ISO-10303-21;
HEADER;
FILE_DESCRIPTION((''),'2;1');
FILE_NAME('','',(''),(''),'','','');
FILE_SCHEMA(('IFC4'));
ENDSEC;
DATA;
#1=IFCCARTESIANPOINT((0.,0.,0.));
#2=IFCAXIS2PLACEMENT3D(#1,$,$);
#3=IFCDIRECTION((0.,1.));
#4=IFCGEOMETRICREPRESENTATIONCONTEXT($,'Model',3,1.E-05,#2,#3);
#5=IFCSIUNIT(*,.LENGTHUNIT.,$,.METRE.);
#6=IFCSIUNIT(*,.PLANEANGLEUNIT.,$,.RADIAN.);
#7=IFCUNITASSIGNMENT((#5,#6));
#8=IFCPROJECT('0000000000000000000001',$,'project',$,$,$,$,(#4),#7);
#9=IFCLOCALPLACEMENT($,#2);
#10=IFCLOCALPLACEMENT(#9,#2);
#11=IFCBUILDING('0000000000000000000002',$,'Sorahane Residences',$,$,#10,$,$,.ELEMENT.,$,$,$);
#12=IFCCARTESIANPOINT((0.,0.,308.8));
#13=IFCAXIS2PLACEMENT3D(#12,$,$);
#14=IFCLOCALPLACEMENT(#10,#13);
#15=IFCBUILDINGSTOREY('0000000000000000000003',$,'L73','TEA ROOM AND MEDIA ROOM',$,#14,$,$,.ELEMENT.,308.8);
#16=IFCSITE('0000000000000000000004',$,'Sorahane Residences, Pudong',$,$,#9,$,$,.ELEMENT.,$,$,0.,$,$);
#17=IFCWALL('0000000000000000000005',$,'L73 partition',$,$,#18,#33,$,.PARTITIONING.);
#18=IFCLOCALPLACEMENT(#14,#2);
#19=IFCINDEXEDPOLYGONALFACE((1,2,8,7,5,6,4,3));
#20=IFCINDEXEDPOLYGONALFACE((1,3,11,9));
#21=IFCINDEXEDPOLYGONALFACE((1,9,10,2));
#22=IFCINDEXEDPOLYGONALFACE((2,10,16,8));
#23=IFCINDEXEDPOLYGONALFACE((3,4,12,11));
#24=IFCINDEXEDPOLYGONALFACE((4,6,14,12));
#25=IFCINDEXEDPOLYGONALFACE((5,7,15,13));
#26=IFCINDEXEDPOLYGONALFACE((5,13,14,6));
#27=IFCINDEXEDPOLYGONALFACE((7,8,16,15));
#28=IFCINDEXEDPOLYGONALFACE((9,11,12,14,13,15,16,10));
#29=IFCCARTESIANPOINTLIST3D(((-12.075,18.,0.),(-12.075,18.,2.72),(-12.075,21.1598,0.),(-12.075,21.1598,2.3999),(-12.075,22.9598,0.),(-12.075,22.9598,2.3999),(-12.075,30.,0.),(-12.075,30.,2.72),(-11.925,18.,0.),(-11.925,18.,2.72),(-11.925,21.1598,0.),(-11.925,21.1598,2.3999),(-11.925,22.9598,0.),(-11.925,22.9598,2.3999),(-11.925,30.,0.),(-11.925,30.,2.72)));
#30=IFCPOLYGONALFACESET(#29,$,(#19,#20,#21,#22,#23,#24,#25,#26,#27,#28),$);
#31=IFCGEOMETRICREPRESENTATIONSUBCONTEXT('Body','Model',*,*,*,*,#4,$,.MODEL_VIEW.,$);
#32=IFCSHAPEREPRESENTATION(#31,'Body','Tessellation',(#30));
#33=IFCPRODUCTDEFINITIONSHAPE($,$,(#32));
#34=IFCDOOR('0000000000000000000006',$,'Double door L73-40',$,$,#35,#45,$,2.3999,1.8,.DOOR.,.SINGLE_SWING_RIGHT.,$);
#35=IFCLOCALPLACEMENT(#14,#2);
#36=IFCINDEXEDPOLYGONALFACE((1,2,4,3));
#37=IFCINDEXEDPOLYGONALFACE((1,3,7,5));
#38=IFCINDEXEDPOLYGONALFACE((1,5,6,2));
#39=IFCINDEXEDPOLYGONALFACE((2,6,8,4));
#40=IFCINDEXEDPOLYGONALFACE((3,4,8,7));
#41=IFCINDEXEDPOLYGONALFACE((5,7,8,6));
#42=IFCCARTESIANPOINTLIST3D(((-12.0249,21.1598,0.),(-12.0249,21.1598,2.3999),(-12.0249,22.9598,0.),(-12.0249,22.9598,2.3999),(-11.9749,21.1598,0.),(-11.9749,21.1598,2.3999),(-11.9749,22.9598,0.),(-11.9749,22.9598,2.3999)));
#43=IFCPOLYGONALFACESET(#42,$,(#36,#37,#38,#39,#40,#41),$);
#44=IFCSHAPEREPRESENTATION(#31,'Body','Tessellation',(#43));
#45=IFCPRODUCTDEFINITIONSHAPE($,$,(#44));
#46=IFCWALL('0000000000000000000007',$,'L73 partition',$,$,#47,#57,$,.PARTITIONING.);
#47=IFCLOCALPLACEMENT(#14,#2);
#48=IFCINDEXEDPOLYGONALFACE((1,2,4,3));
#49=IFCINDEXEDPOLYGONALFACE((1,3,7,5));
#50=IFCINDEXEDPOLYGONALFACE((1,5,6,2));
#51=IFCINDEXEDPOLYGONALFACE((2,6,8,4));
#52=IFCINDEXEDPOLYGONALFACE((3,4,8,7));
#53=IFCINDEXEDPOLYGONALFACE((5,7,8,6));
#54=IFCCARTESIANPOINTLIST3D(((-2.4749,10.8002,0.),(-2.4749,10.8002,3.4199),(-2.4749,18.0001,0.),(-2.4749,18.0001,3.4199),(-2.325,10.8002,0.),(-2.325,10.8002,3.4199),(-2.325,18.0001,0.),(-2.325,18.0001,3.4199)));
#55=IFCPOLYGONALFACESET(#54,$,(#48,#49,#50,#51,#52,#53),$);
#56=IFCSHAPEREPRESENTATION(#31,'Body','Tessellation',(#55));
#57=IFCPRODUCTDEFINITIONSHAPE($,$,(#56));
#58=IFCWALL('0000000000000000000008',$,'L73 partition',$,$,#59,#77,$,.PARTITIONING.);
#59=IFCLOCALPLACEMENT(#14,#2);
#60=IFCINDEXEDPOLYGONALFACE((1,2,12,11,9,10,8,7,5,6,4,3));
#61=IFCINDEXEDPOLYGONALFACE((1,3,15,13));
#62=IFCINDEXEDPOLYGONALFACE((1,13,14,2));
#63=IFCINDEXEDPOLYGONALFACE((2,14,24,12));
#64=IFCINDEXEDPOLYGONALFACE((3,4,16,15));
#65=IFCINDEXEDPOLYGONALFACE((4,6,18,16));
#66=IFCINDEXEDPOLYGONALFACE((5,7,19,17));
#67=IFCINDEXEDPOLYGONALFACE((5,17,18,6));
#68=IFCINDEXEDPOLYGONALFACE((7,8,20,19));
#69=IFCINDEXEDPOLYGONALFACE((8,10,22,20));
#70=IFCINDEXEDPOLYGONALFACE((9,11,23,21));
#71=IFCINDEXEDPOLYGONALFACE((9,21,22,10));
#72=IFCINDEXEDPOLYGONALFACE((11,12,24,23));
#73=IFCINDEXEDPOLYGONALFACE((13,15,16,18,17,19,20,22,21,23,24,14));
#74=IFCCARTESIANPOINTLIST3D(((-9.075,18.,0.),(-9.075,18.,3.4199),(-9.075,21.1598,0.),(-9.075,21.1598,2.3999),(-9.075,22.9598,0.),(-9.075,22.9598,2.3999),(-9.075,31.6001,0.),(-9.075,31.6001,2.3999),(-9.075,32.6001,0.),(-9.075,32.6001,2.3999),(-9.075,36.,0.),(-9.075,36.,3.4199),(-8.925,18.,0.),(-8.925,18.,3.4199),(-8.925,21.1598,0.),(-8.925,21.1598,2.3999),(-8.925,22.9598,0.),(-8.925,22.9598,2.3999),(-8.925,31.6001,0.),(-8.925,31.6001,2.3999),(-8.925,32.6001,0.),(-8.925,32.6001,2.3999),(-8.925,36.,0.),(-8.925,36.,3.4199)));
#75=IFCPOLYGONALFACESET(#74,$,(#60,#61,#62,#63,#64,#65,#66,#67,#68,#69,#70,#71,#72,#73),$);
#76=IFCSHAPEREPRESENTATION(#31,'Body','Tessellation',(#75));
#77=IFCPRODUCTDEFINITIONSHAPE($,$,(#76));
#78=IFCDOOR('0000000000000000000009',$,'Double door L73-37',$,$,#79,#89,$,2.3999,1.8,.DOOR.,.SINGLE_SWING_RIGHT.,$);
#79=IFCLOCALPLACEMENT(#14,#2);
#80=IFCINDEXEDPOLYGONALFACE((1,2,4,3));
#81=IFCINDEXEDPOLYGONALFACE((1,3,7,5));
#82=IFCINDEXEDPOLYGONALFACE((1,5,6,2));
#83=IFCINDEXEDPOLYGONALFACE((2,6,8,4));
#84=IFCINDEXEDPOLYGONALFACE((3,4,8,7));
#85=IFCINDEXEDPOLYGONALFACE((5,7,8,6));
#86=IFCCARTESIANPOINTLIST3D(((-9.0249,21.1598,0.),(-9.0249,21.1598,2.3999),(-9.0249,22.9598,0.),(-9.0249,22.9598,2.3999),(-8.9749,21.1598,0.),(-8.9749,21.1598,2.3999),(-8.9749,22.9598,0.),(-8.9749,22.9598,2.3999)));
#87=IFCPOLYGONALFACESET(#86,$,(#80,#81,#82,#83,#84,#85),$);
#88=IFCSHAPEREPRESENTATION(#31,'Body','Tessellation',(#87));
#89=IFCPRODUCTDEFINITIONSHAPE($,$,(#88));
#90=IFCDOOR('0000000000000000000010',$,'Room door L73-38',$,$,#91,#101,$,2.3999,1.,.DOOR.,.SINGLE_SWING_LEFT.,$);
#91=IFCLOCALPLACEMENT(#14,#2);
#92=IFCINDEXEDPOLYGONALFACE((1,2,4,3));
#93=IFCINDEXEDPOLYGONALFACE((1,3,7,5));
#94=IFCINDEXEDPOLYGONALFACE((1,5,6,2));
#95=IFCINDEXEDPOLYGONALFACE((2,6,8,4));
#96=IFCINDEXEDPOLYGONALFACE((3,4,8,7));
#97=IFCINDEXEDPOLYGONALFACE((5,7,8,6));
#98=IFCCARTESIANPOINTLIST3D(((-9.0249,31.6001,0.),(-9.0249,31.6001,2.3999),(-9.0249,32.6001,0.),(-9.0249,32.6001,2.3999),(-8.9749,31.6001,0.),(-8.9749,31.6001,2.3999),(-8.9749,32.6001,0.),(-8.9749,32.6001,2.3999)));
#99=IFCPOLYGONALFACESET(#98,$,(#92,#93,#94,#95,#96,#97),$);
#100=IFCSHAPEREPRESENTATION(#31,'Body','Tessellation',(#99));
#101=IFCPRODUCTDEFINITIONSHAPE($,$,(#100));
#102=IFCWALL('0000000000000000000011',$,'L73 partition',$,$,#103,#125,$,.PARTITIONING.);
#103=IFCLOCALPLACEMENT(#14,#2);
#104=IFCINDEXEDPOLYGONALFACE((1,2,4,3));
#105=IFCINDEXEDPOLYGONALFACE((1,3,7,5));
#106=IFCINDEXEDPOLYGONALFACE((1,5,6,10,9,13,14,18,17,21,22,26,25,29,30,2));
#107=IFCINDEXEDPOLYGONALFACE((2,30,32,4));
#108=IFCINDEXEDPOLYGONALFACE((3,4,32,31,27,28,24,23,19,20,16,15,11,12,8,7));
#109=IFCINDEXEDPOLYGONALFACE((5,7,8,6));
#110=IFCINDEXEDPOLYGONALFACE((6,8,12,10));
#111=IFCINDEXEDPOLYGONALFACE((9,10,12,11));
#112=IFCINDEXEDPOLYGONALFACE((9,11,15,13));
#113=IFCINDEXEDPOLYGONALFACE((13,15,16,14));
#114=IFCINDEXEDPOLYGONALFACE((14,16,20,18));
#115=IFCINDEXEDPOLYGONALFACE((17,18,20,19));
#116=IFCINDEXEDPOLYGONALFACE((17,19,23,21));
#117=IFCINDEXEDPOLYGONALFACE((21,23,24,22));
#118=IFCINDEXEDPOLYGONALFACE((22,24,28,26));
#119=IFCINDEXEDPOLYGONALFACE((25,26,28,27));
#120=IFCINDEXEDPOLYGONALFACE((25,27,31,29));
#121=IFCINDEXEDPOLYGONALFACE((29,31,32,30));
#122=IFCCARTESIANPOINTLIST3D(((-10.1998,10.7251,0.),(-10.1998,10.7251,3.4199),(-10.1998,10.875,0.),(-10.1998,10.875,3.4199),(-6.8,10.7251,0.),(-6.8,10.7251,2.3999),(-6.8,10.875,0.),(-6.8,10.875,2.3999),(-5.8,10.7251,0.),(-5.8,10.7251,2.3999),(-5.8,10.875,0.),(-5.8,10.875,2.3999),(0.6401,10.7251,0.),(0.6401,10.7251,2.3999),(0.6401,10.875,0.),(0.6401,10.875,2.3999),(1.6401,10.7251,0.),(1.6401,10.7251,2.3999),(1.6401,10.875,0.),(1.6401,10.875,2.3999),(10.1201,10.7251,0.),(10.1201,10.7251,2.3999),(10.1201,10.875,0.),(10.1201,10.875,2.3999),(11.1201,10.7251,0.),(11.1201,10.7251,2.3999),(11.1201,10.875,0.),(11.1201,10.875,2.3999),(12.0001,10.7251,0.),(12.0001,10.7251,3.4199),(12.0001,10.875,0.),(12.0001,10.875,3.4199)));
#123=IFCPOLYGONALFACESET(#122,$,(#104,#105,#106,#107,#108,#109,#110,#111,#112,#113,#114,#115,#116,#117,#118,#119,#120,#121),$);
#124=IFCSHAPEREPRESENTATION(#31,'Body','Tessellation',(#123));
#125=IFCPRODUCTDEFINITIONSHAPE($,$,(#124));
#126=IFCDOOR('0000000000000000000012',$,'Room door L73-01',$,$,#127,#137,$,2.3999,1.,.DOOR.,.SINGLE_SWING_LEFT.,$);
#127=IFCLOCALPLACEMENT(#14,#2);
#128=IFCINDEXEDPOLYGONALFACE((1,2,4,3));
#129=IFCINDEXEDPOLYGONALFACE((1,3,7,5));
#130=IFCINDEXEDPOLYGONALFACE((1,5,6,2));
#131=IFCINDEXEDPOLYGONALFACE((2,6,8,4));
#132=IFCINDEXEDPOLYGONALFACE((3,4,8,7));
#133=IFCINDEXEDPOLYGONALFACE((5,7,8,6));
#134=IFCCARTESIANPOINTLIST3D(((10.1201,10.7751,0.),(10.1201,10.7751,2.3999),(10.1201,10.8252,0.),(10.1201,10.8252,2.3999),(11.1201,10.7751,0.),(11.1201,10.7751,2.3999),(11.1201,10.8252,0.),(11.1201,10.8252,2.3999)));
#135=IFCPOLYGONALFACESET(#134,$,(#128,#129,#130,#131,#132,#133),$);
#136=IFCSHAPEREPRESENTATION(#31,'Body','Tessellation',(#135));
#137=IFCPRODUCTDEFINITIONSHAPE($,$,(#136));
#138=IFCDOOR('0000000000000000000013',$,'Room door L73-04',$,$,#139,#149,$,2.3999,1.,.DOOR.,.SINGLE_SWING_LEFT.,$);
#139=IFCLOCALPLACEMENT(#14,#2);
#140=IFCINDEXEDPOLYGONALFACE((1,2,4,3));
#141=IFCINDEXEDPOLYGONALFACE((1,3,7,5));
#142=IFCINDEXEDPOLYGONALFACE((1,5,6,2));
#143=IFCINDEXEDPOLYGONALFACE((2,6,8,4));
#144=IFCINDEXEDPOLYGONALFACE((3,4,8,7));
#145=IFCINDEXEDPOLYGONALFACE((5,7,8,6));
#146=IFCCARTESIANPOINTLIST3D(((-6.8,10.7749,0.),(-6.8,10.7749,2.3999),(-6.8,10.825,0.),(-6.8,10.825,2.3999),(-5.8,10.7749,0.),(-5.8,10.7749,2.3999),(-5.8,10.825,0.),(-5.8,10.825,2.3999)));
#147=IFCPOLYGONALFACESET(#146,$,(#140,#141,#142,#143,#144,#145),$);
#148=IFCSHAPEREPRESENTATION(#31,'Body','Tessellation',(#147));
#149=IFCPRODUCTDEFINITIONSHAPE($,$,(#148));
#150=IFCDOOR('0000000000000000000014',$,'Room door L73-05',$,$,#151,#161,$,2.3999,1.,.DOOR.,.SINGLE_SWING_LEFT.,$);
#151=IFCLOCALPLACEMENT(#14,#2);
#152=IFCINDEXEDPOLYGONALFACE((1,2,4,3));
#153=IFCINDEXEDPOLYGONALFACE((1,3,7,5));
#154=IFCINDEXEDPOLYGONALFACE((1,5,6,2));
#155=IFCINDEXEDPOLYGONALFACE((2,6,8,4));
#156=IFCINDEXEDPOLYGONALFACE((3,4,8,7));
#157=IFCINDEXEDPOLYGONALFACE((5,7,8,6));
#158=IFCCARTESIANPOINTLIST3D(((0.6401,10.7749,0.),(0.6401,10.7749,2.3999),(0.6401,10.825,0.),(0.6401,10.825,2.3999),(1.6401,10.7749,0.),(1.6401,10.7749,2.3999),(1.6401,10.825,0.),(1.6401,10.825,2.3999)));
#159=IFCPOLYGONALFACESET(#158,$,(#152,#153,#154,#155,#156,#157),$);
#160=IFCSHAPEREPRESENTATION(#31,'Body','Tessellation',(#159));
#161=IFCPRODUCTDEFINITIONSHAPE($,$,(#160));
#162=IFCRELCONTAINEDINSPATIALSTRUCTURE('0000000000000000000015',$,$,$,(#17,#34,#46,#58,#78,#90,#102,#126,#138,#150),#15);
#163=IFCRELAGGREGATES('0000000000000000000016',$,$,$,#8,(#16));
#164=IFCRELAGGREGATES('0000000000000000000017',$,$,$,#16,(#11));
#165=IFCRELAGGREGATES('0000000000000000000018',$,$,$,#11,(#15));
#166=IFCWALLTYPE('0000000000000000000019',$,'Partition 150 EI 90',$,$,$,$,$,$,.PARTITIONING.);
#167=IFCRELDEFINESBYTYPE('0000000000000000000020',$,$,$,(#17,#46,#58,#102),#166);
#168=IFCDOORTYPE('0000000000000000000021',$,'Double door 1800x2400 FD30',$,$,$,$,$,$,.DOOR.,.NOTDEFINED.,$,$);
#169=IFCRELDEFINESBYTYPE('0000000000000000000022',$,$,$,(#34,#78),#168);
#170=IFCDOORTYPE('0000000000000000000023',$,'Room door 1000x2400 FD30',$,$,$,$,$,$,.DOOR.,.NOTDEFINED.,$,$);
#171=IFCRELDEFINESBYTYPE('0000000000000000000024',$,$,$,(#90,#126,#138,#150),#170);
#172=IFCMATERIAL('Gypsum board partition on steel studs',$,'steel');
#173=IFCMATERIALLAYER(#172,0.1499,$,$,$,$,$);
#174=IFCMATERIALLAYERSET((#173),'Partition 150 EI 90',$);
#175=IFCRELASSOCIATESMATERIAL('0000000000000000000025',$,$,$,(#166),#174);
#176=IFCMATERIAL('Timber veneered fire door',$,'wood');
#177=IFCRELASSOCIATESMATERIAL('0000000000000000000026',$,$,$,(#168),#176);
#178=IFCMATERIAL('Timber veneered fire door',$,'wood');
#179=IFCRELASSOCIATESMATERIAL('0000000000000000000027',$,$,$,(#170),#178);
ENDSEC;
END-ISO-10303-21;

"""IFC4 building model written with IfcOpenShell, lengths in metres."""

from ifc_helpers import new_model, si_unit, direction, frame, frame_2d, origin, place, context, subcontext, project, spatial, rectangle, extrude, material, layer, layer_set, type_object, element, fill, save


model = new_model("IFC4")

# Units and contexts
model_context = context("Model", 3, precision=1e-05, world=origin(), true_north=direction((0.0, 1.0)))
body_context = subcontext(model_context, "Body", "Model", "MODEL_VIEW")
ifc_project = project(units=[si_unit("LENGTHUNIT", "METRE"), si_unit("PLANEANGLEUNIT", "RADIAN")], contexts=[model_context])

# Site, building, storey
site_placement = place(None, origin())
site = spatial("IfcSite", under=ifc_project, at=site_placement, Name="Sorahane Residences, Pudong", CompositionType="ELEMENT", RefElevation=0.0)
building_placement = place(site_placement, origin())
building = spatial("IfcBuilding", under=site, at=building_placement, Name="Sorahane Residences", CompositionType="ELEMENT")
storey_placement = place(building_placement, frame((0.0, 0.0, 308.8)))
storey = spatial("IfcBuildingStorey", under=building, at=storey_placement, Name="L73", Description="TEA ROOM AND MEDIA ROOM", CompositionType="ELEMENT", Elevation=308.8)

# Wall, opening, door
ifc_material_1 = material(Name="Gypsum board partition on steel studs", Category="steel")
ifc_layer_1 = layer(ifc_material_1, 0.1499)
ifc_layer_set_1 = layer_set([ifc_layer_1], Name="Partition 150 EI 90")
wall_type_1 = type_object("IfcWallType", Name="Partition 150 EI 90", PredefinedType="PARTITIONING", material=ifc_layer_set_1)
wall_1_placement = place(storey_placement, frame((-12.0, 18.0, 0.0), z_axis=(0.0, 0.0, 1.0), x_axis=(0.0, 1.0, 0.0)))
wall_1 = element("IfcWall", 1, at=wall_1_placement, inside=storey, type_object=wall_type_1, Name="L73 partition", PredefinedType="PARTITIONING", context=body_context, shape_type="SweptSolid", body=[
    extrude(rectangle(XDim=12.0, YDim=0.1499, at=frame_2d((6.0, 0.0))), origin(), (0.0, 0.0, 1.0), 2.72),
])
opening_1_placement = place(wall_1_placement, frame((3.1599, 0.0, 0.0)))
opening_1 = element("IfcOpeningElement", 2, at=opening_1_placement, cuts=wall_1, PredefinedType="OPENING", context=body_context, shape_type="SweptSolid", body=[
    extrude(rectangle(XDim=1.8, YDim=2.3999, at=frame_2d((0.8999, 1.2))), frame((0.0, 0.085, 0.0), z_axis=(0.0, -1.0, 0.0), x_axis=(1.0, 0.0, 0.0)), (0.0, 0.0, 1.0), 0.1699),
])
ifc_material_2 = material(Name="Timber veneered fire door", Category="wood")
door_type_1 = type_object("IfcDoorType", Name="Double door 1800x2400 FD30", OperationType="NOTDEFINED", PredefinedType="DOOR", material=ifc_material_2)
door_1_placement = place(opening_1_placement, origin())
door_1 = element("IfcDoor", 3, at=door_1_placement, inside=storey, type_object=door_type_1, Name="Double door L73-40", OperationType="SINGLE_SWING_RIGHT", OverallHeight=2.3999, OverallWidth=1.8, PredefinedType="DOOR", context=body_context, shape_type="SweptSolid", body=[
    extrude(rectangle(XDim=1.8, YDim=2.3999, at=frame_2d((0.8999, 1.2))), frame((0.0, 0.0249, 0.0), z_axis=(0.0, -1.0, 0.0), x_axis=(1.0, 0.0, 0.0)), (0.0, 0.0, 1.0), 0.05),
])
fill(opening_1, door_1)

# Wall
wall_2_placement = place(storey_placement, frame((-2.3999, 10.8, 0.0), z_axis=(0.0, 0.0, 1.0), x_axis=(0.0, 1.0, 0.0)))
element("IfcWall", 4, at=wall_2_placement, inside=storey, type_object=wall_type_1, Name="L73 partition", PredefinedType="PARTITIONING", context=body_context, shape_type="SweptSolid", body=[
    extrude(rectangle(XDim=7.2, YDim=0.1499, at=frame_2d((3.6001, 0.0))), origin(), (0.0, 0.0, 1.0), 3.4199),
])

# Walls, openings, doors
wall_3_placement = place(storey_placement, frame((-9.0, 18.0, 0.0), z_axis=(0.0, 0.0, 1.0), x_axis=(0.0, 1.0, 0.0)))
wall_3 = element("IfcWall", 5, at=wall_3_placement, inside=storey, type_object=wall_type_1, Name="L73 partition", PredefinedType="PARTITIONING", context=body_context, shape_type="SweptSolid", body=[
    extrude(rectangle(XDim=18.0, YDim=0.1499, at=frame_2d((9.0, 0.0))), origin(), (0.0, 0.0, 1.0), 3.4199),
])
opening_2_placement = place(wall_3_placement, frame((3.1599, 0.0, 0.0)))
opening_2 = element("IfcOpeningElement", 6, at=opening_2_placement, cuts=wall_3, PredefinedType="OPENING", context=body_context, shape_type="SweptSolid", body=[
    extrude(rectangle(XDim=1.8, YDim=2.3999, at=frame_2d((0.8999, 1.2))), frame((0.0, 0.085, 0.0), z_axis=(0.0, -1.0, 0.0), x_axis=(1.0, 0.0, 0.0)), (0.0, 0.0, 1.0), 0.1699),
])
opening_3_placement = place(wall_3_placement, frame((13.6001, 0.0, 0.0)))
opening_3 = element("IfcOpeningElement", 7, at=opening_3_placement, cuts=wall_3, PredefinedType="OPENING", context=body_context, shape_type="SweptSolid", body=[
    extrude(rectangle(XDim=1.0, YDim=2.3999, at=frame_2d((0.5, 1.2))), frame((0.0, 0.085, 0.0), z_axis=(0.0, -1.0, 0.0), x_axis=(1.0, 0.0, 0.0)), (0.0, 0.0, 1.0), 0.1699),
])
door_2_placement = place(opening_2_placement, origin())
door_2 = element("IfcDoor", 8, at=door_2_placement, inside=storey, type_object=door_type_1, Name="Double door L73-37", OperationType="SINGLE_SWING_RIGHT", OverallHeight=2.3999, OverallWidth=1.8, PredefinedType="DOOR", context=body_context, shape_type="SweptSolid", body=[
    extrude(rectangle(XDim=1.8, YDim=2.3999, at=frame_2d((0.8999, 1.2))), frame((0.0, 0.0249, 0.0), z_axis=(0.0, -1.0, 0.0), x_axis=(1.0, 0.0, 0.0)), (0.0, 0.0, 1.0), 0.05),
])
fill(opening_2, door_2)
ifc_material_3 = material(Name="Timber veneered fire door", Category="wood")
door_type_2 = type_object("IfcDoorType", Name="Room door 1000x2400 FD30", OperationType="NOTDEFINED", PredefinedType="DOOR", material=ifc_material_3)
door_3_placement = place(opening_3_placement, origin())
door_3 = element("IfcDoor", 9, at=door_3_placement, inside=storey, type_object=door_type_2, Name="Room door L73-38", OperationType="SINGLE_SWING_LEFT", OverallHeight=2.3999, OverallWidth=1.0, PredefinedType="DOOR", context=body_context, shape_type="SweptSolid", body=[
    extrude(rectangle(XDim=1.0, YDim=2.3999, at=frame_2d((0.5, 1.2))), frame((0.0, 0.0249, 0.0), z_axis=(0.0, -1.0, 0.0), x_axis=(1.0, 0.0, 0.0)), (0.0, 0.0, 1.0), 0.05),
])
fill(opening_3, door_3)
wall_4_placement = place(storey_placement, frame((-10.2, 10.8, 0.0), z_axis=(0.0, 0.0, 1.0), x_axis=(1.0, 0.0, 0.0)))
wall_4 = element("IfcWall", 10, at=wall_4_placement, inside=storey, type_object=wall_type_1, Name="L73 partition", PredefinedType="PARTITIONING", context=body_context, shape_type="SweptSolid", body=[
    extrude(rectangle(XDim=22.2, YDim=0.1499, at=frame_2d((11.1001, 0.0))), origin(), (0.0, 0.0, 1.0), 3.4199),
])
opening_4_placement = place(wall_4_placement, frame((20.3201, 0.0, 0.0)))
opening_4 = element("IfcOpeningElement", 11, at=opening_4_placement, cuts=wall_4, PredefinedType="OPENING", context=body_context, shape_type="SweptSolid", body=[
    extrude(rectangle(XDim=1.0, YDim=2.3999, at=frame_2d((0.5, 1.2))), frame((0.0, 0.085, 0.0), z_axis=(0.0, -1.0, 0.0), x_axis=(1.0, 0.0, 0.0)), (0.0, 0.0, 1.0), 0.1699),
])
opening_5_placement = place(wall_4_placement, frame((3.3999, 0.0, 0.0)))
opening_5 = element("IfcOpeningElement", 12, at=opening_5_placement, cuts=wall_4, PredefinedType="OPENING", context=body_context, shape_type="SweptSolid", body=[
    extrude(rectangle(XDim=1.0, YDim=2.3999, at=frame_2d((0.5, 1.2))), frame((0.0, 0.085, 0.0), z_axis=(0.0, -1.0, 0.0), x_axis=(1.0, 0.0, 0.0)), (0.0, 0.0, 1.0), 0.1699),
])
opening_6_placement = place(wall_4_placement, frame((10.8401, 0.0, 0.0)))
opening_6 = element("IfcOpeningElement", 13, at=opening_6_placement, cuts=wall_4, PredefinedType="OPENING", context=body_context, shape_type="SweptSolid", body=[
    extrude(rectangle(XDim=1.0, YDim=2.3999, at=frame_2d((0.5, 1.2))), frame((0.0, 0.085, 0.0), z_axis=(0.0, -1.0, 0.0), x_axis=(1.0, 0.0, 0.0)), (0.0, 0.0, 1.0), 0.1699),
])
door_4_placement = place(opening_4_placement, frame((1.0, 0.0, 0.0), z_axis=(0.0, 0.0, 1.0), x_axis=(-1.0, 0.0, 0.0)))
door_4 = element("IfcDoor", 14, at=door_4_placement, inside=storey, type_object=door_type_2, Name="Room door L73-01", OperationType="SINGLE_SWING_LEFT", OverallHeight=2.3999, OverallWidth=1.0, PredefinedType="DOOR", context=body_context, shape_type="SweptSolid", body=[
    extrude(rectangle(XDim=1.0, YDim=2.3999, at=frame_2d((0.5, 1.2))), frame((0.0, 0.0249, 0.0), z_axis=(0.0, -1.0, 0.0), x_axis=(1.0, 0.0, 0.0)), (0.0, 0.0, 1.0), 0.05),
])
fill(opening_4, door_4)
door_5_placement = place(opening_5_placement, origin())
door_5 = element("IfcDoor", 15, at=door_5_placement, inside=storey, type_object=door_type_2, Name="Room door L73-04", OperationType="SINGLE_SWING_LEFT", OverallHeight=2.3999, OverallWidth=1.0, PredefinedType="DOOR", context=body_context, shape_type="SweptSolid", body=[
    extrude(rectangle(XDim=1.0, YDim=2.3999, at=frame_2d((0.5, 1.2))), frame((0.0, 0.0249, 0.0), z_axis=(0.0, -1.0, 0.0), x_axis=(1.0, 0.0, 0.0)), (0.0, 0.0, 1.0), 0.05),
])
fill(opening_5, door_5)
door_6_placement = place(opening_6_placement, origin())
door_6 = element("IfcDoor", 16, at=door_6_placement, inside=storey, type_object=door_type_2, Name="Room door L73-05", OperationType="SINGLE_SWING_LEFT", OverallHeight=2.3999, OverallWidth=1.0, PredefinedType="DOOR", context=body_context, shape_type="SweptSolid", body=[
    extrude(rectangle(XDim=1.0, YDim=2.3999, at=frame_2d((0.5, 1.2))), frame((0.0, 0.0249, 0.0), z_axis=(0.0, -1.0, 0.0), x_axis=(1.0, 0.0, 0.0)), (0.0, 0.0, 1.0), 0.05),
])
fill(opening_6, door_6)

save(model, "model.ifc")
